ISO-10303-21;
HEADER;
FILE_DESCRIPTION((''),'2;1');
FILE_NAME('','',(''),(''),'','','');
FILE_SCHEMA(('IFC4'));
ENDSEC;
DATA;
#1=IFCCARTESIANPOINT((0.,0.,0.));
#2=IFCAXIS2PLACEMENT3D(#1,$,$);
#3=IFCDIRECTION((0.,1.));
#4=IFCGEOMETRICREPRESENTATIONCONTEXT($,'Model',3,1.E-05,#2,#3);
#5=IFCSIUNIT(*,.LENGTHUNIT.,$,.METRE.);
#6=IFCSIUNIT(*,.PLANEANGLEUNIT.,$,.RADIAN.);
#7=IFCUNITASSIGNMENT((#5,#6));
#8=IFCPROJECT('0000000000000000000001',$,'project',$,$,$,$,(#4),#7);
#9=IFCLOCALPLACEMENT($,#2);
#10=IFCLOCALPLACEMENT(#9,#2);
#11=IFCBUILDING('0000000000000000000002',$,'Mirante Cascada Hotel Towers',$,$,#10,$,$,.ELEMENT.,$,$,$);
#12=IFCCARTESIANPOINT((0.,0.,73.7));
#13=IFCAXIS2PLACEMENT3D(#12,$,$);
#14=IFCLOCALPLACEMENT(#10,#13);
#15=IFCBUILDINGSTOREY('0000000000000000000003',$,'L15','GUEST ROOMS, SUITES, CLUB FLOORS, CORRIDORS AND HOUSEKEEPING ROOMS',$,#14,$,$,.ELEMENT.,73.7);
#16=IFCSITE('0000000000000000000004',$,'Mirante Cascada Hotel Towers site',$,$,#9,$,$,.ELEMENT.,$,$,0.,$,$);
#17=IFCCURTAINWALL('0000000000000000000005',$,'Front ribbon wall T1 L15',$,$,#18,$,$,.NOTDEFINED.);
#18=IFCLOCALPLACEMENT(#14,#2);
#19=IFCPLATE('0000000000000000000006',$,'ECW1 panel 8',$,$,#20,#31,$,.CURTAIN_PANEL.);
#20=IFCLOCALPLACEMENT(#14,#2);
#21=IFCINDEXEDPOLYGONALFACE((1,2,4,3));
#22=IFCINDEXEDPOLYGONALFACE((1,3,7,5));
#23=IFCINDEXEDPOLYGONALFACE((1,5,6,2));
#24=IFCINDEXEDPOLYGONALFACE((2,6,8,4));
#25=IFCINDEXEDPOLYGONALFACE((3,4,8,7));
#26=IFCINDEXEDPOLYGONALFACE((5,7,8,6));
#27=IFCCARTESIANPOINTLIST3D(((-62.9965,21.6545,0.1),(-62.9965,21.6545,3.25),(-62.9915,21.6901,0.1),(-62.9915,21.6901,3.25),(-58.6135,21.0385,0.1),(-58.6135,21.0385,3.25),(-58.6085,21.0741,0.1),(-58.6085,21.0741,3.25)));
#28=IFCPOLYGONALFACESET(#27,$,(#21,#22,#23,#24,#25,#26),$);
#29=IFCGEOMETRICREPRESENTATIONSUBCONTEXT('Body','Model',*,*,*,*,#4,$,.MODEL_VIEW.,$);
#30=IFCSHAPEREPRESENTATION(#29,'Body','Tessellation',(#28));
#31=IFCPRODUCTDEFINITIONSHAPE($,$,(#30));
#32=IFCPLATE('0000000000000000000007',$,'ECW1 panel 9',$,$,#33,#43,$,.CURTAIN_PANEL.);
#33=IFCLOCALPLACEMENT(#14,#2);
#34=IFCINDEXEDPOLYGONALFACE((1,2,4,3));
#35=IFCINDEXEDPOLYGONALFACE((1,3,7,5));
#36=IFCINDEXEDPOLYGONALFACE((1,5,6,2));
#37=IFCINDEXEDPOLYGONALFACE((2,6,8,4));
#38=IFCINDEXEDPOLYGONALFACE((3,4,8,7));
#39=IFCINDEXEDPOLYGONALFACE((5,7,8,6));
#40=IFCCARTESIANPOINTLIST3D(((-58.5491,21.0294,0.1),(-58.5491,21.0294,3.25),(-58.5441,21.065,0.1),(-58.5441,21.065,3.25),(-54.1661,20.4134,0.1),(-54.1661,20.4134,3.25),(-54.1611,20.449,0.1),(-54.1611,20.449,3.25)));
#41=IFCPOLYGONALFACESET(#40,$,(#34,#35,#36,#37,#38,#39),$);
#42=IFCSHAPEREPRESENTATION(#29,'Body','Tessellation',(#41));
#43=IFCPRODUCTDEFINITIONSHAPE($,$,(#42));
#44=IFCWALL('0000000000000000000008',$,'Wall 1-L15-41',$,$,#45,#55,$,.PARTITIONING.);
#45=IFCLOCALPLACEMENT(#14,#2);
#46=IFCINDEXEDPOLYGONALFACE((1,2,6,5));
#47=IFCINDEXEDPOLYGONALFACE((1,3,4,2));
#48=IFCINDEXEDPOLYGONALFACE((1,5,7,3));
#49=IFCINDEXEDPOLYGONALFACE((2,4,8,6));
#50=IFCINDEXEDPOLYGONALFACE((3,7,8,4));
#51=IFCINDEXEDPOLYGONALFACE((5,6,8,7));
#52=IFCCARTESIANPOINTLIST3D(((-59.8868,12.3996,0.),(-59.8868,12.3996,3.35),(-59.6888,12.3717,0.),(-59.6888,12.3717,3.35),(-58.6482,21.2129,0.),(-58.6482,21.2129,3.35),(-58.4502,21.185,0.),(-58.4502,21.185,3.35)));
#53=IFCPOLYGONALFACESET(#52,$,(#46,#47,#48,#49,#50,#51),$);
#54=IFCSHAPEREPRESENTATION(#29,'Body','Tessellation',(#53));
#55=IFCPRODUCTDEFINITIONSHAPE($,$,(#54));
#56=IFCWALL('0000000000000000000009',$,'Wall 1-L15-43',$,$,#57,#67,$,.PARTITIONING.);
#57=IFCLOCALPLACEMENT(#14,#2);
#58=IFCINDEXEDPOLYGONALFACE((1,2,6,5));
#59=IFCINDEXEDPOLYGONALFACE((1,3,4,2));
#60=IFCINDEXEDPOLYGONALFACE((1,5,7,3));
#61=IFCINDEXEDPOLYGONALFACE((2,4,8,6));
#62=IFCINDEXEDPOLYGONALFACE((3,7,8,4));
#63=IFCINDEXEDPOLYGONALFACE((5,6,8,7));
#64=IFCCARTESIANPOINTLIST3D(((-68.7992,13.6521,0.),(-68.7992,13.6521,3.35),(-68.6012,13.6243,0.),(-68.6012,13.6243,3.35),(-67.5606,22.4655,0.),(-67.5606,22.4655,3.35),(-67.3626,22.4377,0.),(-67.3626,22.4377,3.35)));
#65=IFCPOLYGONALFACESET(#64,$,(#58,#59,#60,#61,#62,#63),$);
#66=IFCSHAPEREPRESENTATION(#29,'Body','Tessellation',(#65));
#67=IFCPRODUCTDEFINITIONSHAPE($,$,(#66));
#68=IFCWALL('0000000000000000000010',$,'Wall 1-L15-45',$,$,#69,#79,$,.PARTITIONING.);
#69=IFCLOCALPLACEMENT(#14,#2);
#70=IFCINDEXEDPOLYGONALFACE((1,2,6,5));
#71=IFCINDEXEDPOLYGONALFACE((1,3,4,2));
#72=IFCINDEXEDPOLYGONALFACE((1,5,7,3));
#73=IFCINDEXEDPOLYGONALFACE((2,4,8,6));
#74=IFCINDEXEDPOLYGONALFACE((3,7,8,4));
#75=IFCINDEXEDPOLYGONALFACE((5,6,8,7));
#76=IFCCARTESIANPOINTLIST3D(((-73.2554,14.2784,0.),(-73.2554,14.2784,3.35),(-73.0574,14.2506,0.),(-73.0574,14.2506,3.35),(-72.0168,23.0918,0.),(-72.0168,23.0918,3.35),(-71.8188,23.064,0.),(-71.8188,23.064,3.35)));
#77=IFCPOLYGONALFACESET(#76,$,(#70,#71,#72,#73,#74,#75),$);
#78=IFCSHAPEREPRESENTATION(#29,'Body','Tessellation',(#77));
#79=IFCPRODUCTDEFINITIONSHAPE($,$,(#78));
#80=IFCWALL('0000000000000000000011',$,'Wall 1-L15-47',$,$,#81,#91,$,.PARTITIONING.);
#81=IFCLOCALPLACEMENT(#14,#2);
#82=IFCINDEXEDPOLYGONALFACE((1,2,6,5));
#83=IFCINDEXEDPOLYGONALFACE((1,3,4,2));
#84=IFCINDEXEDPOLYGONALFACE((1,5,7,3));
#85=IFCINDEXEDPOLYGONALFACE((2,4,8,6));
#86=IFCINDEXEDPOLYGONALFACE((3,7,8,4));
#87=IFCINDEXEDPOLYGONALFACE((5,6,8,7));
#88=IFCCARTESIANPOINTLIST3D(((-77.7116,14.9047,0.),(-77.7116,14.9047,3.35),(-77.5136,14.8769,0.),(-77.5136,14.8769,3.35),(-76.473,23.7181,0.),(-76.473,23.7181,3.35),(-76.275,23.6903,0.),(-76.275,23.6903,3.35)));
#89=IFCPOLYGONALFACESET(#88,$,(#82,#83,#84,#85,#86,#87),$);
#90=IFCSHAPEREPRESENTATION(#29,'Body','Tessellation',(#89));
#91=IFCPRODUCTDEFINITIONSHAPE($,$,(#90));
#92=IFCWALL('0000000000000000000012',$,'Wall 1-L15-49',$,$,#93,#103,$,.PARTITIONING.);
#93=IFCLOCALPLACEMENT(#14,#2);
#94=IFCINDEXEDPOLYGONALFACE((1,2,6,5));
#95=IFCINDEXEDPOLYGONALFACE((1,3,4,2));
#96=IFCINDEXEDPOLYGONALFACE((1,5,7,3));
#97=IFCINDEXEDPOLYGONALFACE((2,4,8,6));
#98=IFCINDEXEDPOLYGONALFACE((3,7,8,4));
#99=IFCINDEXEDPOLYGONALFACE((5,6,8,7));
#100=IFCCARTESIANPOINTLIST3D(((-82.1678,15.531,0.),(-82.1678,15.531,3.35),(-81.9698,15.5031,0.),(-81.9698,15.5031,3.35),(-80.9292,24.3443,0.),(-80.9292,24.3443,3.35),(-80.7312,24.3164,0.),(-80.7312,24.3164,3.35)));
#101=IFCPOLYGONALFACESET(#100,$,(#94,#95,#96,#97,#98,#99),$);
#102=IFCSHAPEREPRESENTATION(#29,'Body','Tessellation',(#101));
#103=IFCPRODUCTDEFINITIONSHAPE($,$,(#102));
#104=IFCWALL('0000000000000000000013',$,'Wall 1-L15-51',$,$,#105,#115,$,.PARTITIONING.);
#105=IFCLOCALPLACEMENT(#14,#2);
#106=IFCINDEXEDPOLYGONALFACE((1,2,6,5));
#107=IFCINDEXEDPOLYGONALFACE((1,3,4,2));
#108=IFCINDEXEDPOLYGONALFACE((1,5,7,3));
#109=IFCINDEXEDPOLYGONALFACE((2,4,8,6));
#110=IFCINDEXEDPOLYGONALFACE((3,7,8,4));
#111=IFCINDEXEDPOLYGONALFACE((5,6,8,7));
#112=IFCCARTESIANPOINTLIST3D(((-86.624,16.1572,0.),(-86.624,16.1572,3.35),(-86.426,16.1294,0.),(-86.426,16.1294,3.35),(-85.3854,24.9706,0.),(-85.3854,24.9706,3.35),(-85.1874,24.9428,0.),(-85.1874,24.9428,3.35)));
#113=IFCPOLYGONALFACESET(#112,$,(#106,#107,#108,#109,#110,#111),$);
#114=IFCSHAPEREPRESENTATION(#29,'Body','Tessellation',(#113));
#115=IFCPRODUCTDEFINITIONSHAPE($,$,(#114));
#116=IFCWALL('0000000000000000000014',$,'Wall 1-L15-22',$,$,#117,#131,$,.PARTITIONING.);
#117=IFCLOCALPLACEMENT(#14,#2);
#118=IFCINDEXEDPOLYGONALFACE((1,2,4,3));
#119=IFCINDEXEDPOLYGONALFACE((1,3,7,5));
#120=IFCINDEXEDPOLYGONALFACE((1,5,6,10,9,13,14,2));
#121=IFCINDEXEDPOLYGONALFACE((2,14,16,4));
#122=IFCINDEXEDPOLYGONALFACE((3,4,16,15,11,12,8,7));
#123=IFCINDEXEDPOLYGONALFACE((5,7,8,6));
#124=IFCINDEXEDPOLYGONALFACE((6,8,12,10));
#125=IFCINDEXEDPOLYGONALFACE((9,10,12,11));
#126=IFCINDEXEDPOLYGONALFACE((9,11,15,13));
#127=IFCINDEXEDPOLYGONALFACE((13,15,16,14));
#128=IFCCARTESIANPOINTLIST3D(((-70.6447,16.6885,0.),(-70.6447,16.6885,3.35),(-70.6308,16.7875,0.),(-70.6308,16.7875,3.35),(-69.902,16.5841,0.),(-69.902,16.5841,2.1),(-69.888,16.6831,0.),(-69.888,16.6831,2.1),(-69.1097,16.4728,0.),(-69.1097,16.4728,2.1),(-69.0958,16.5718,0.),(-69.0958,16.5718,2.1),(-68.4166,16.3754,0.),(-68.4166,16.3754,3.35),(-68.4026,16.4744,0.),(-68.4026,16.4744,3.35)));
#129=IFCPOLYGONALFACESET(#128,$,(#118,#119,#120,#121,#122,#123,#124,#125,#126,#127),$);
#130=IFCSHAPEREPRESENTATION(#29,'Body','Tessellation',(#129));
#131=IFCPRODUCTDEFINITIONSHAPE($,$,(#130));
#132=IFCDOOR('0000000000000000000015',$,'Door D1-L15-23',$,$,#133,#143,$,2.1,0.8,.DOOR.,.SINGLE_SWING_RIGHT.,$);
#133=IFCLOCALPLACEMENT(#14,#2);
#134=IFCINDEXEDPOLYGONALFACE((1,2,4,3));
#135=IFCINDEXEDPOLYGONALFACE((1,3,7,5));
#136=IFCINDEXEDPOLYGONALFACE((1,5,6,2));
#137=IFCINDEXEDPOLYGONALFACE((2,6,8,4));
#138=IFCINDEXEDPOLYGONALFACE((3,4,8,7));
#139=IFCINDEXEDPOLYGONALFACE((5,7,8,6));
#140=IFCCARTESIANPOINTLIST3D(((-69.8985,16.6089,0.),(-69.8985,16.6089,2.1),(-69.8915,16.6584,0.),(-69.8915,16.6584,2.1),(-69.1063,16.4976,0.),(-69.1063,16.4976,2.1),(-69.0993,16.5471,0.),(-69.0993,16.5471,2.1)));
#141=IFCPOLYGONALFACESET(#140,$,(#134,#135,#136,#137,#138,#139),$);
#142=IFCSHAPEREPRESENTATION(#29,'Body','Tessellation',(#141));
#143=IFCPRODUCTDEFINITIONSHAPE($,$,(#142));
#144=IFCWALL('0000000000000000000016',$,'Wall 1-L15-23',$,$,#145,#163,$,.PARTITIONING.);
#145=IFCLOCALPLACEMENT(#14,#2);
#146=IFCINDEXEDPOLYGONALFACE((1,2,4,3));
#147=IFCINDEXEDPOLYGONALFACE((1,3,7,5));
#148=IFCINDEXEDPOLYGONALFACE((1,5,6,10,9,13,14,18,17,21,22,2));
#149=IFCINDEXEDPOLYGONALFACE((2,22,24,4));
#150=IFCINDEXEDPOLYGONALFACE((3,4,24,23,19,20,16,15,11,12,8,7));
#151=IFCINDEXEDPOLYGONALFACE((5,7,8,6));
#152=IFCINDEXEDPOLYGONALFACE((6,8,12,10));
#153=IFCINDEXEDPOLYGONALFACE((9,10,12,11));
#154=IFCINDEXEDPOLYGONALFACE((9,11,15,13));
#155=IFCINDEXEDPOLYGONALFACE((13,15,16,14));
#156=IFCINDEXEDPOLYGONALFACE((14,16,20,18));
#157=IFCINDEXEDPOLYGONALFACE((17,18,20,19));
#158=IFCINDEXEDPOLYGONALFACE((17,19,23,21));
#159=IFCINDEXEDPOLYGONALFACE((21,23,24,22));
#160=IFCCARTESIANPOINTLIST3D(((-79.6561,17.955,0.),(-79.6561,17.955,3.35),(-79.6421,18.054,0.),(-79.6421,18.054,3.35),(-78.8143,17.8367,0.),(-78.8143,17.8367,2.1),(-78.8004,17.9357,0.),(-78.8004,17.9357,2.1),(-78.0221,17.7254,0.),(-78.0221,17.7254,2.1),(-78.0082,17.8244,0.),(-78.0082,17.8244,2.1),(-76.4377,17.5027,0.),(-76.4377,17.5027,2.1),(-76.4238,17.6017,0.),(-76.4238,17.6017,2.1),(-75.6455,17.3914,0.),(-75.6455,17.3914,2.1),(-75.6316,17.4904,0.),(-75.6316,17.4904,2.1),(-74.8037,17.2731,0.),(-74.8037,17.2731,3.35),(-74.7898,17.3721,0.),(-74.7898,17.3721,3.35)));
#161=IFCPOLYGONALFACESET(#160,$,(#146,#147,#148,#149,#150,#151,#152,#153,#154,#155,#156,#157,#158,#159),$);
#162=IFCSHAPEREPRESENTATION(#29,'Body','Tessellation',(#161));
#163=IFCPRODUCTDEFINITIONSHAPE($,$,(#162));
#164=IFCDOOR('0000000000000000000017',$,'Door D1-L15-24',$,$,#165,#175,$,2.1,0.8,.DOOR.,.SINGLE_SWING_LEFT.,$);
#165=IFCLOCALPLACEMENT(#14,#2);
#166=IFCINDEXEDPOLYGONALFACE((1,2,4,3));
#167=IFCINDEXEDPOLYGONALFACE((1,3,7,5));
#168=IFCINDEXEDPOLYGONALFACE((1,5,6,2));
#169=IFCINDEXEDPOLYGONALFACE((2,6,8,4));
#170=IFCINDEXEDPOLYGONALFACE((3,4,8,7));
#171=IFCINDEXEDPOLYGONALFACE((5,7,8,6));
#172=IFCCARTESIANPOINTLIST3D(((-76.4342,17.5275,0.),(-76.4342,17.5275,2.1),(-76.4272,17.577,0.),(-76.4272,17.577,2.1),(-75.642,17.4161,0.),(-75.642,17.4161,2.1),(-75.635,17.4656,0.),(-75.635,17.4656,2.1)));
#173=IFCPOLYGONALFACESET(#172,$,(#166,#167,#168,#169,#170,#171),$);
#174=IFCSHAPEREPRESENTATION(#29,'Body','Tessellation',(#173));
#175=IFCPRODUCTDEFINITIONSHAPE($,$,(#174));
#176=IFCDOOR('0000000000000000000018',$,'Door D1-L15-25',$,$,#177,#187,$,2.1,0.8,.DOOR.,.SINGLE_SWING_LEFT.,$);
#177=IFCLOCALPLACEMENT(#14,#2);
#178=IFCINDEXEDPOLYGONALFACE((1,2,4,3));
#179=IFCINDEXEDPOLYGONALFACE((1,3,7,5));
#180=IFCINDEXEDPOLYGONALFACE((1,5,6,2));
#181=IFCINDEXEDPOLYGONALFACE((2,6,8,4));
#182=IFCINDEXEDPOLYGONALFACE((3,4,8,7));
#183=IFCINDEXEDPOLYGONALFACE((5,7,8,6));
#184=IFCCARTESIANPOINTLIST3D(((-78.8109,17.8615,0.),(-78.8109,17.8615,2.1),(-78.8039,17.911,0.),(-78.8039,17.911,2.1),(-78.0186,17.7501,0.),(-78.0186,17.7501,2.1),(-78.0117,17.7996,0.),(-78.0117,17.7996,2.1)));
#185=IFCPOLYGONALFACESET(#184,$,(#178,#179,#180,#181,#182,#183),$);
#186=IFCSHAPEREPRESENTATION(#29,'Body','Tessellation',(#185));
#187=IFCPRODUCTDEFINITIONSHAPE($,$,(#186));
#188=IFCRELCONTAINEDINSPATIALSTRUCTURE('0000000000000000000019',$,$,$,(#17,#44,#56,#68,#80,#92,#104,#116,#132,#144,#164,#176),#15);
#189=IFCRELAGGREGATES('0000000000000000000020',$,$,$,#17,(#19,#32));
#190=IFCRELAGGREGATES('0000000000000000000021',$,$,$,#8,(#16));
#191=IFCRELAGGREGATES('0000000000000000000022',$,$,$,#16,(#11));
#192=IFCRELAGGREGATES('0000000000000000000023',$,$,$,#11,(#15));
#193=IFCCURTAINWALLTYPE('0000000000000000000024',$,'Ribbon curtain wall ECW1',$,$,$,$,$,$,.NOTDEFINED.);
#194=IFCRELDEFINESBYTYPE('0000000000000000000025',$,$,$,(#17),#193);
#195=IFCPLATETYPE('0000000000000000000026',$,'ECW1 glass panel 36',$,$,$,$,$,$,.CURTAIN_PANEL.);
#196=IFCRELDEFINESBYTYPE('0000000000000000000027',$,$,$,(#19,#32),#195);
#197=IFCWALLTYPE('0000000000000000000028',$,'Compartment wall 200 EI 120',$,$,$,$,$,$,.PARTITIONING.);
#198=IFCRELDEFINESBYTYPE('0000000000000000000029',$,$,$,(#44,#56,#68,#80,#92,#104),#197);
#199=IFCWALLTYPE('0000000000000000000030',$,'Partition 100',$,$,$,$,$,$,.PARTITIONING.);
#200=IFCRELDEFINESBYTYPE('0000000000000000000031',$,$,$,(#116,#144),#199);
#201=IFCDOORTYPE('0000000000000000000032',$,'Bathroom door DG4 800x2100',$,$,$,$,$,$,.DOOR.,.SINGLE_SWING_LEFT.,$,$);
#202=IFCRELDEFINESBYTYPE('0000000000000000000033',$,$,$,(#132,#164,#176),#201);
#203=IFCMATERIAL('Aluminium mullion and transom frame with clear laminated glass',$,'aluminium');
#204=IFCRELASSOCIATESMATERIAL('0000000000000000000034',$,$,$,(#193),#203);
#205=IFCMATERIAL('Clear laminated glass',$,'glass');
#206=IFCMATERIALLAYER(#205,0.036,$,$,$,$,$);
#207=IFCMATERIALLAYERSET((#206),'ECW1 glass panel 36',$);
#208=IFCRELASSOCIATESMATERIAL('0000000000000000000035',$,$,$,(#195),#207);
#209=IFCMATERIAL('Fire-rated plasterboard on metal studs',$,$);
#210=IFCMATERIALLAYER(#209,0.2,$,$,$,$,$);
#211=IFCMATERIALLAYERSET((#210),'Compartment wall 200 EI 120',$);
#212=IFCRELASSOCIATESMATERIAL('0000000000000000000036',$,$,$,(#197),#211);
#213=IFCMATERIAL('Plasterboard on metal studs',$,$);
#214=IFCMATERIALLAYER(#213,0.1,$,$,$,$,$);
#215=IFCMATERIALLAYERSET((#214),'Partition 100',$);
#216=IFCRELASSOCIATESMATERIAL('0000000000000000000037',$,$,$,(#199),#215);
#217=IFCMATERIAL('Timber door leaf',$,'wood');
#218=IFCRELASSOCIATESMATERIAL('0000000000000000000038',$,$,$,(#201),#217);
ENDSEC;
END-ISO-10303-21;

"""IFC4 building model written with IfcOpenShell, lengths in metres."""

from ifc_helpers import new_model, si_unit, direction, frame, frame_2d, origin, origin_2d, place, context, subcontext, project, spatial, rectangle, extrude, material, layer, layer_set, type_object, element, fill, aggregate, save


model = new_model("IFC4")

# Units and contexts
model_context = context("Model", 3, precision=1e-05, world=origin(), true_north=direction((0.0, 1.0)))
body_context = subcontext(model_context, "Body", "Model", "MODEL_VIEW")
ifc_project = project(units=[si_unit("LENGTHUNIT", "METRE"), si_unit("PLANEANGLEUNIT", "RADIAN")], contexts=[model_context])

# Site, building, storey
site_placement = place(None, origin())
site = spatial("IfcSite", under=ifc_project, at=site_placement, Name="Mirante Cascada Hotel Towers site", CompositionType="ELEMENT", RefElevation=0.0)
building_placement = place(site_placement, origin())
building = spatial("IfcBuilding", under=site, at=building_placement, Name="Mirante Cascada Hotel Towers", CompositionType="ELEMENT")
storey_placement = place(building_placement, frame((0.0, 0.0, 73.7)))
storey = spatial("IfcBuildingStorey", under=building, at=storey_placement, Name="L15", Description="GUEST ROOMS, SUITES, CLUB FLOORS, CORRIDORS AND HOUSEKEEPING ROOMS", CompositionType="ELEMENT", Elevation=73.7)

# Curtain wall, plates
ifc_material_1 = material(Name="Aluminium mullion and transom frame with clear laminated glass", Category="aluminium")
curtain_wall_type = type_object("IfcCurtainWallType", Name="Ribbon curtain wall ECW1", PredefinedType="NOTDEFINED", material=ifc_material_1)
curtain_wall_placement = place(storey_placement, origin())
curtain_wall = element("IfcCurtainWall", 1, at=curtain_wall_placement, inside=storey, type_object=curtain_wall_type, Name="Front ribbon wall T1 L15", PredefinedType="NOTDEFINED")
ifc_material_2 = material(Name="Clear laminated glass", Category="glass")
ifc_layer_1 = layer(ifc_material_2, 0.036)
ifc_layer_set_1 = layer_set([ifc_layer_1], Name="ECW1 glass panel 36")
plate_type = type_object("IfcPlateType", Name="ECW1 glass panel 36", PredefinedType="CURTAIN_PANEL", material=ifc_layer_set_1)
plate_1_placement = place(storey_placement, frame((-60.8025, 21.3643, 0.1), z_axis=(0.0, 0.0, 1.0), x_axis=(0.990268, -0.139173, 0.0)))
plate_1 = element("IfcPlate", 2, at=plate_1_placement, type_object=plate_type, Name="ECW1 panel 8", PredefinedType="CURTAIN_PANEL", context=body_context, shape_type="SweptSolid", body=[
    extrude(rectangle(XDim=4.4261, YDim=0.036, at=origin_2d()), origin(), (0.0, 0.0, 1.0), 3.15),
])
plate_2_placement = place(storey_placement, frame((-56.3551, 20.7392, 0.1), z_axis=(0.0, 0.0, 1.0), x_axis=(0.990268, -0.139173, 0.0)))
plate_2 = element("IfcPlate", 3, at=plate_2_placement, type_object=plate_type, Name="ECW1 panel 9", PredefinedType="CURTAIN_PANEL", context=body_context, shape_type="SweptSolid", body=[
    extrude(rectangle(XDim=4.4261, YDim=0.036, at=origin_2d()), origin(), (0.0, 0.0, 1.0), 3.15),
])
aggregate(curtain_wall, [plate_1, plate_2])

# Walls
ifc_material_3 = material(Name="Fire-rated plasterboard on metal studs")
ifc_layer_2 = layer(ifc_material_3, 0.2)
ifc_layer_set_2 = layer_set([ifc_layer_2], Name="Compartment wall 200 EI 120")
wall_type_1 = type_object("IfcWallType", Name="Compartment wall 200 EI 120", PredefinedType="PARTITIONING", material=ifc_layer_set_2)
wall_1_placement = place(storey_placement, frame((-58.5492, 21.199, 0.0), z_axis=(0.0, 0.0, 1.0), x_axis=(-0.13917, -0.990268, 0.0)))
element("IfcWall", 4, at=wall_1_placement, inside=storey, type_object=wall_type_1, Name="Wall 1-L15-41", PredefinedType="PARTITIONING", context=body_context, shape_type="SweptSolid", body=[
    extrude(rectangle(XDim=8.8999, YDim=0.2, at=frame_2d((4.45, 0.0))), origin(), (0.0, 0.0, 1.0), 3.35),
])
for number, where, z_axis, x_axis, name in (
    (5, (-67.4616, 22.4516, 0.0), (0.0, 0.0, 1.0), (-0.139168, -0.990269, 0.0), "Wall 1-L15-43"),
    (6, (-71.9178, 23.0779, 0.0), (0.0, 0.0, 1.0), (-0.139168, -0.990269, 0.0), "Wall 1-L15-45"),
    (7, (-76.374, 23.7042, 0.0), (0.0, 0.0, 1.0), (-0.139168, -0.990269, 0.0), "Wall 1-L15-47"),
):
    element("IfcWall", number, at=place(storey_placement, frame(where, z_axis=z_axis, x_axis=x_axis)), inside=storey, type_object=wall_type_1, Name=name, PredefinedType="PARTITIONING", context=body_context, shape_type="SweptSolid", body=[
        extrude(rectangle(XDim=8.9, YDim=0.2, at=frame_2d((4.45, 0.0))), origin(), (0.0, 0.0, 1.0), 3.35),
    ])
wall_2_placement = place(storey_placement, frame((-80.8302, 24.3304, 0.0), z_axis=(0.0, 0.0, 1.0), x_axis=(-0.13917, -0.990268, 0.0)))
element("IfcWall", 8, at=wall_2_placement, inside=storey, type_object=wall_type_1, Name="Wall 1-L15-49", PredefinedType="PARTITIONING", context=body_context, shape_type="SweptSolid", body=[
    extrude(rectangle(XDim=8.8999, YDim=0.2, at=frame_2d((4.45, 0.0))), origin(), (0.0, 0.0, 1.0), 3.35),
])
wall_3_placement = place(storey_placement, frame((-85.2864, 24.9567, 0.0), z_axis=(0.0, 0.0, 1.0), x_axis=(-0.139168, -0.990269, 0.0)))
element("IfcWall", 9, at=wall_3_placement, inside=storey, type_object=wall_type_1, Name="Wall 1-L15-51", PredefinedType="PARTITIONING", context=body_context, shape_type="SweptSolid", body=[
    extrude(rectangle(XDim=8.9, YDim=0.2, at=frame_2d((4.45, 0.0))), origin(), (0.0, 0.0, 1.0), 3.35),
])

# Wall, opening, door
ifc_material_4 = material(Name="Plasterboard on metal studs")
ifc_layer_3 = layer(ifc_material_4, 0.1)
ifc_layer_set_3 = layer_set([ifc_layer_3], Name="Partition 100")
wall_type_2 = type_object("IfcWallType", Name="Partition 100", PredefinedType="PARTITIONING", material=ifc_layer_set_3)
wall_4_placement = place(storey_placement, frame((-68.4096, 16.4249, 0.0), z_axis=(0.0, 0.0, 1.0), x_axis=(-0.990271, 0.139156, 0.0)))
wall_4 = element("IfcWall", 10, at=wall_4_placement, inside=storey, type_object=wall_type_2, Name="Wall 1-L15-22", PredefinedType="PARTITIONING", context=body_context, shape_type="SweptSolid", body=[
    extrude(rectangle(XDim=2.25, YDim=0.1, at=frame_2d((1.125, 0.0))), origin(), (0.0, 0.0, 1.0), 3.35),
])
opening_1_placement = place(wall_4_placement, frame((0.7, 0.0, 0.0)))
opening_1 = element("IfcOpeningElement", 11, at=opening_1_placement, cuts=wall_4, PredefinedType="OPENING", context=body_context, shape_type="SweptSolid", body=[
    extrude(rectangle(XDim=0.8, YDim=2.1, at=frame_2d((0.4, 1.05))), frame((0.0, 0.05, 0.0), z_axis=(0.0, -1.0, 0.0), x_axis=(1.0, 0.0, 0.0)), (0.0, 0.0, 1.0), 0.1),
])
ifc_material_5 = material(Name="Timber door leaf", Category="wood")
door_type = type_object("IfcDoorType", Name="Bathroom door DG4 800x2100", OperationType="SINGLE_SWING_LEFT", PredefinedType="DOOR", material=ifc_material_5)
door_1_placement = place(opening_1_placement, frame((0.8, 0.0, 0.0), z_axis=(0.0, 0.0, 1.0), x_axis=(-1.0, 0.0, 0.0)))
door_1 = element("IfcDoor", 12, at=door_1_placement, inside=storey, type_object=door_type, Name="Door D1-L15-23", OperationType="SINGLE_SWING_RIGHT", OverallHeight=2.1, OverallWidth=0.8, PredefinedType="DOOR", context=body_context, shape_type="SweptSolid", body=[
    extrude(rectangle(XDim=0.8, YDim=2.1, at=frame_2d((0.4, 1.05))), frame((0.0, 0.025, 0.0), z_axis=(0.0, -1.0, 0.0), x_axis=(1.0, 0.0, 0.0)), (0.0, 0.0, 1.0), 0.05),
])
fill(opening_1, door_1)

# Wall, openings, doors
wall_5_placement = place(storey_placement, frame((-79.6491, 18.0045, 0.0), z_axis=(0.0, 0.0, 1.0), x_axis=(0.990269, -0.139164, 0.0)))
wall_5 = element("IfcWall", 13, at=wall_5_placement, inside=storey, type_object=wall_type_2, Name="Wall 1-L15-23", PredefinedType="PARTITIONING", context=body_context, shape_type="SweptSolid", body=[
    extrude(rectangle(XDim=4.9, YDim=0.1, at=frame_2d((2.45, 0.0))), origin(), (0.0, 0.0, 1.0), 3.35),
])
opening_2_placement = place(wall_5_placement, frame((3.25, 0.0, 0.0)))
opening_2 = element("IfcOpeningElement", 14, at=opening_2_placement, cuts=wall_5, PredefinedType="OPENING", context=body_context, shape_type="SweptSolid", body=[
    extrude(rectangle(XDim=0.8, YDim=2.1, at=frame_2d((0.4, 1.05))), frame((0.0, 0.05, 0.0), z_axis=(0.0, -1.0, 0.0), x_axis=(1.0, 0.0, 0.0)), (0.0, 0.0, 1.0), 0.1),
])
opening_3_placement = place(wall_5_placement, frame((0.85, 0.0, 0.0)))
opening_3 = element("IfcOpeningElement", 15, at=opening_3_placement, cuts=wall_5, PredefinedType="OPENING", context=body_context, shape_type="SweptSolid", body=[
    extrude(rectangle(XDim=0.8, YDim=2.1, at=frame_2d((0.4, 1.05))), frame((0.0, 0.05, 0.0), z_axis=(0.0, -1.0, 0.0), x_axis=(1.0, 0.0, 0.0)), (0.0, 0.0, 1.0), 0.1),
])
door_2_placement = place(opening_2_placement, origin())
door_2 = element("IfcDoor", 16, at=door_2_placement, inside=storey, type_object=door_type, Name="Door D1-L15-24", OperationType="SINGLE_SWING_LEFT", OverallHeight=2.1, OverallWidth=0.8, PredefinedType="DOOR", context=body_context, shape_type="SweptSolid", body=[
    extrude(rectangle(XDim=0.8, YDim=2.1, at=frame_2d((0.4, 1.05))), frame((0.0, 0.025, 0.0), z_axis=(0.0, -1.0, 0.0), x_axis=(1.0, 0.0, 0.0)), (0.0, 0.0, 1.0), 0.05),
])
fill(opening_2, door_2)
door_3_placement = place(opening_3_placement, origin())
door_3 = element("IfcDoor", 17, at=door_3_placement, inside=storey, type_object=door_type, Name="Door D1-L15-25", OperationType="SINGLE_SWING_LEFT", OverallHeight=2.1, OverallWidth=0.8, PredefinedType="DOOR", context=body_context, shape_type="SweptSolid", body=[
    extrude(rectangle(XDim=0.8, YDim=2.1, at=frame_2d((0.4, 1.05))), frame((0.0, 0.025, 0.0), z_axis=(0.0, -1.0, 0.0), x_axis=(1.0, 0.0, 0.0)), (0.0, 0.0, 1.0), 0.05),
])
fill(opening_3, door_3)

save(model, "model.ifc")
